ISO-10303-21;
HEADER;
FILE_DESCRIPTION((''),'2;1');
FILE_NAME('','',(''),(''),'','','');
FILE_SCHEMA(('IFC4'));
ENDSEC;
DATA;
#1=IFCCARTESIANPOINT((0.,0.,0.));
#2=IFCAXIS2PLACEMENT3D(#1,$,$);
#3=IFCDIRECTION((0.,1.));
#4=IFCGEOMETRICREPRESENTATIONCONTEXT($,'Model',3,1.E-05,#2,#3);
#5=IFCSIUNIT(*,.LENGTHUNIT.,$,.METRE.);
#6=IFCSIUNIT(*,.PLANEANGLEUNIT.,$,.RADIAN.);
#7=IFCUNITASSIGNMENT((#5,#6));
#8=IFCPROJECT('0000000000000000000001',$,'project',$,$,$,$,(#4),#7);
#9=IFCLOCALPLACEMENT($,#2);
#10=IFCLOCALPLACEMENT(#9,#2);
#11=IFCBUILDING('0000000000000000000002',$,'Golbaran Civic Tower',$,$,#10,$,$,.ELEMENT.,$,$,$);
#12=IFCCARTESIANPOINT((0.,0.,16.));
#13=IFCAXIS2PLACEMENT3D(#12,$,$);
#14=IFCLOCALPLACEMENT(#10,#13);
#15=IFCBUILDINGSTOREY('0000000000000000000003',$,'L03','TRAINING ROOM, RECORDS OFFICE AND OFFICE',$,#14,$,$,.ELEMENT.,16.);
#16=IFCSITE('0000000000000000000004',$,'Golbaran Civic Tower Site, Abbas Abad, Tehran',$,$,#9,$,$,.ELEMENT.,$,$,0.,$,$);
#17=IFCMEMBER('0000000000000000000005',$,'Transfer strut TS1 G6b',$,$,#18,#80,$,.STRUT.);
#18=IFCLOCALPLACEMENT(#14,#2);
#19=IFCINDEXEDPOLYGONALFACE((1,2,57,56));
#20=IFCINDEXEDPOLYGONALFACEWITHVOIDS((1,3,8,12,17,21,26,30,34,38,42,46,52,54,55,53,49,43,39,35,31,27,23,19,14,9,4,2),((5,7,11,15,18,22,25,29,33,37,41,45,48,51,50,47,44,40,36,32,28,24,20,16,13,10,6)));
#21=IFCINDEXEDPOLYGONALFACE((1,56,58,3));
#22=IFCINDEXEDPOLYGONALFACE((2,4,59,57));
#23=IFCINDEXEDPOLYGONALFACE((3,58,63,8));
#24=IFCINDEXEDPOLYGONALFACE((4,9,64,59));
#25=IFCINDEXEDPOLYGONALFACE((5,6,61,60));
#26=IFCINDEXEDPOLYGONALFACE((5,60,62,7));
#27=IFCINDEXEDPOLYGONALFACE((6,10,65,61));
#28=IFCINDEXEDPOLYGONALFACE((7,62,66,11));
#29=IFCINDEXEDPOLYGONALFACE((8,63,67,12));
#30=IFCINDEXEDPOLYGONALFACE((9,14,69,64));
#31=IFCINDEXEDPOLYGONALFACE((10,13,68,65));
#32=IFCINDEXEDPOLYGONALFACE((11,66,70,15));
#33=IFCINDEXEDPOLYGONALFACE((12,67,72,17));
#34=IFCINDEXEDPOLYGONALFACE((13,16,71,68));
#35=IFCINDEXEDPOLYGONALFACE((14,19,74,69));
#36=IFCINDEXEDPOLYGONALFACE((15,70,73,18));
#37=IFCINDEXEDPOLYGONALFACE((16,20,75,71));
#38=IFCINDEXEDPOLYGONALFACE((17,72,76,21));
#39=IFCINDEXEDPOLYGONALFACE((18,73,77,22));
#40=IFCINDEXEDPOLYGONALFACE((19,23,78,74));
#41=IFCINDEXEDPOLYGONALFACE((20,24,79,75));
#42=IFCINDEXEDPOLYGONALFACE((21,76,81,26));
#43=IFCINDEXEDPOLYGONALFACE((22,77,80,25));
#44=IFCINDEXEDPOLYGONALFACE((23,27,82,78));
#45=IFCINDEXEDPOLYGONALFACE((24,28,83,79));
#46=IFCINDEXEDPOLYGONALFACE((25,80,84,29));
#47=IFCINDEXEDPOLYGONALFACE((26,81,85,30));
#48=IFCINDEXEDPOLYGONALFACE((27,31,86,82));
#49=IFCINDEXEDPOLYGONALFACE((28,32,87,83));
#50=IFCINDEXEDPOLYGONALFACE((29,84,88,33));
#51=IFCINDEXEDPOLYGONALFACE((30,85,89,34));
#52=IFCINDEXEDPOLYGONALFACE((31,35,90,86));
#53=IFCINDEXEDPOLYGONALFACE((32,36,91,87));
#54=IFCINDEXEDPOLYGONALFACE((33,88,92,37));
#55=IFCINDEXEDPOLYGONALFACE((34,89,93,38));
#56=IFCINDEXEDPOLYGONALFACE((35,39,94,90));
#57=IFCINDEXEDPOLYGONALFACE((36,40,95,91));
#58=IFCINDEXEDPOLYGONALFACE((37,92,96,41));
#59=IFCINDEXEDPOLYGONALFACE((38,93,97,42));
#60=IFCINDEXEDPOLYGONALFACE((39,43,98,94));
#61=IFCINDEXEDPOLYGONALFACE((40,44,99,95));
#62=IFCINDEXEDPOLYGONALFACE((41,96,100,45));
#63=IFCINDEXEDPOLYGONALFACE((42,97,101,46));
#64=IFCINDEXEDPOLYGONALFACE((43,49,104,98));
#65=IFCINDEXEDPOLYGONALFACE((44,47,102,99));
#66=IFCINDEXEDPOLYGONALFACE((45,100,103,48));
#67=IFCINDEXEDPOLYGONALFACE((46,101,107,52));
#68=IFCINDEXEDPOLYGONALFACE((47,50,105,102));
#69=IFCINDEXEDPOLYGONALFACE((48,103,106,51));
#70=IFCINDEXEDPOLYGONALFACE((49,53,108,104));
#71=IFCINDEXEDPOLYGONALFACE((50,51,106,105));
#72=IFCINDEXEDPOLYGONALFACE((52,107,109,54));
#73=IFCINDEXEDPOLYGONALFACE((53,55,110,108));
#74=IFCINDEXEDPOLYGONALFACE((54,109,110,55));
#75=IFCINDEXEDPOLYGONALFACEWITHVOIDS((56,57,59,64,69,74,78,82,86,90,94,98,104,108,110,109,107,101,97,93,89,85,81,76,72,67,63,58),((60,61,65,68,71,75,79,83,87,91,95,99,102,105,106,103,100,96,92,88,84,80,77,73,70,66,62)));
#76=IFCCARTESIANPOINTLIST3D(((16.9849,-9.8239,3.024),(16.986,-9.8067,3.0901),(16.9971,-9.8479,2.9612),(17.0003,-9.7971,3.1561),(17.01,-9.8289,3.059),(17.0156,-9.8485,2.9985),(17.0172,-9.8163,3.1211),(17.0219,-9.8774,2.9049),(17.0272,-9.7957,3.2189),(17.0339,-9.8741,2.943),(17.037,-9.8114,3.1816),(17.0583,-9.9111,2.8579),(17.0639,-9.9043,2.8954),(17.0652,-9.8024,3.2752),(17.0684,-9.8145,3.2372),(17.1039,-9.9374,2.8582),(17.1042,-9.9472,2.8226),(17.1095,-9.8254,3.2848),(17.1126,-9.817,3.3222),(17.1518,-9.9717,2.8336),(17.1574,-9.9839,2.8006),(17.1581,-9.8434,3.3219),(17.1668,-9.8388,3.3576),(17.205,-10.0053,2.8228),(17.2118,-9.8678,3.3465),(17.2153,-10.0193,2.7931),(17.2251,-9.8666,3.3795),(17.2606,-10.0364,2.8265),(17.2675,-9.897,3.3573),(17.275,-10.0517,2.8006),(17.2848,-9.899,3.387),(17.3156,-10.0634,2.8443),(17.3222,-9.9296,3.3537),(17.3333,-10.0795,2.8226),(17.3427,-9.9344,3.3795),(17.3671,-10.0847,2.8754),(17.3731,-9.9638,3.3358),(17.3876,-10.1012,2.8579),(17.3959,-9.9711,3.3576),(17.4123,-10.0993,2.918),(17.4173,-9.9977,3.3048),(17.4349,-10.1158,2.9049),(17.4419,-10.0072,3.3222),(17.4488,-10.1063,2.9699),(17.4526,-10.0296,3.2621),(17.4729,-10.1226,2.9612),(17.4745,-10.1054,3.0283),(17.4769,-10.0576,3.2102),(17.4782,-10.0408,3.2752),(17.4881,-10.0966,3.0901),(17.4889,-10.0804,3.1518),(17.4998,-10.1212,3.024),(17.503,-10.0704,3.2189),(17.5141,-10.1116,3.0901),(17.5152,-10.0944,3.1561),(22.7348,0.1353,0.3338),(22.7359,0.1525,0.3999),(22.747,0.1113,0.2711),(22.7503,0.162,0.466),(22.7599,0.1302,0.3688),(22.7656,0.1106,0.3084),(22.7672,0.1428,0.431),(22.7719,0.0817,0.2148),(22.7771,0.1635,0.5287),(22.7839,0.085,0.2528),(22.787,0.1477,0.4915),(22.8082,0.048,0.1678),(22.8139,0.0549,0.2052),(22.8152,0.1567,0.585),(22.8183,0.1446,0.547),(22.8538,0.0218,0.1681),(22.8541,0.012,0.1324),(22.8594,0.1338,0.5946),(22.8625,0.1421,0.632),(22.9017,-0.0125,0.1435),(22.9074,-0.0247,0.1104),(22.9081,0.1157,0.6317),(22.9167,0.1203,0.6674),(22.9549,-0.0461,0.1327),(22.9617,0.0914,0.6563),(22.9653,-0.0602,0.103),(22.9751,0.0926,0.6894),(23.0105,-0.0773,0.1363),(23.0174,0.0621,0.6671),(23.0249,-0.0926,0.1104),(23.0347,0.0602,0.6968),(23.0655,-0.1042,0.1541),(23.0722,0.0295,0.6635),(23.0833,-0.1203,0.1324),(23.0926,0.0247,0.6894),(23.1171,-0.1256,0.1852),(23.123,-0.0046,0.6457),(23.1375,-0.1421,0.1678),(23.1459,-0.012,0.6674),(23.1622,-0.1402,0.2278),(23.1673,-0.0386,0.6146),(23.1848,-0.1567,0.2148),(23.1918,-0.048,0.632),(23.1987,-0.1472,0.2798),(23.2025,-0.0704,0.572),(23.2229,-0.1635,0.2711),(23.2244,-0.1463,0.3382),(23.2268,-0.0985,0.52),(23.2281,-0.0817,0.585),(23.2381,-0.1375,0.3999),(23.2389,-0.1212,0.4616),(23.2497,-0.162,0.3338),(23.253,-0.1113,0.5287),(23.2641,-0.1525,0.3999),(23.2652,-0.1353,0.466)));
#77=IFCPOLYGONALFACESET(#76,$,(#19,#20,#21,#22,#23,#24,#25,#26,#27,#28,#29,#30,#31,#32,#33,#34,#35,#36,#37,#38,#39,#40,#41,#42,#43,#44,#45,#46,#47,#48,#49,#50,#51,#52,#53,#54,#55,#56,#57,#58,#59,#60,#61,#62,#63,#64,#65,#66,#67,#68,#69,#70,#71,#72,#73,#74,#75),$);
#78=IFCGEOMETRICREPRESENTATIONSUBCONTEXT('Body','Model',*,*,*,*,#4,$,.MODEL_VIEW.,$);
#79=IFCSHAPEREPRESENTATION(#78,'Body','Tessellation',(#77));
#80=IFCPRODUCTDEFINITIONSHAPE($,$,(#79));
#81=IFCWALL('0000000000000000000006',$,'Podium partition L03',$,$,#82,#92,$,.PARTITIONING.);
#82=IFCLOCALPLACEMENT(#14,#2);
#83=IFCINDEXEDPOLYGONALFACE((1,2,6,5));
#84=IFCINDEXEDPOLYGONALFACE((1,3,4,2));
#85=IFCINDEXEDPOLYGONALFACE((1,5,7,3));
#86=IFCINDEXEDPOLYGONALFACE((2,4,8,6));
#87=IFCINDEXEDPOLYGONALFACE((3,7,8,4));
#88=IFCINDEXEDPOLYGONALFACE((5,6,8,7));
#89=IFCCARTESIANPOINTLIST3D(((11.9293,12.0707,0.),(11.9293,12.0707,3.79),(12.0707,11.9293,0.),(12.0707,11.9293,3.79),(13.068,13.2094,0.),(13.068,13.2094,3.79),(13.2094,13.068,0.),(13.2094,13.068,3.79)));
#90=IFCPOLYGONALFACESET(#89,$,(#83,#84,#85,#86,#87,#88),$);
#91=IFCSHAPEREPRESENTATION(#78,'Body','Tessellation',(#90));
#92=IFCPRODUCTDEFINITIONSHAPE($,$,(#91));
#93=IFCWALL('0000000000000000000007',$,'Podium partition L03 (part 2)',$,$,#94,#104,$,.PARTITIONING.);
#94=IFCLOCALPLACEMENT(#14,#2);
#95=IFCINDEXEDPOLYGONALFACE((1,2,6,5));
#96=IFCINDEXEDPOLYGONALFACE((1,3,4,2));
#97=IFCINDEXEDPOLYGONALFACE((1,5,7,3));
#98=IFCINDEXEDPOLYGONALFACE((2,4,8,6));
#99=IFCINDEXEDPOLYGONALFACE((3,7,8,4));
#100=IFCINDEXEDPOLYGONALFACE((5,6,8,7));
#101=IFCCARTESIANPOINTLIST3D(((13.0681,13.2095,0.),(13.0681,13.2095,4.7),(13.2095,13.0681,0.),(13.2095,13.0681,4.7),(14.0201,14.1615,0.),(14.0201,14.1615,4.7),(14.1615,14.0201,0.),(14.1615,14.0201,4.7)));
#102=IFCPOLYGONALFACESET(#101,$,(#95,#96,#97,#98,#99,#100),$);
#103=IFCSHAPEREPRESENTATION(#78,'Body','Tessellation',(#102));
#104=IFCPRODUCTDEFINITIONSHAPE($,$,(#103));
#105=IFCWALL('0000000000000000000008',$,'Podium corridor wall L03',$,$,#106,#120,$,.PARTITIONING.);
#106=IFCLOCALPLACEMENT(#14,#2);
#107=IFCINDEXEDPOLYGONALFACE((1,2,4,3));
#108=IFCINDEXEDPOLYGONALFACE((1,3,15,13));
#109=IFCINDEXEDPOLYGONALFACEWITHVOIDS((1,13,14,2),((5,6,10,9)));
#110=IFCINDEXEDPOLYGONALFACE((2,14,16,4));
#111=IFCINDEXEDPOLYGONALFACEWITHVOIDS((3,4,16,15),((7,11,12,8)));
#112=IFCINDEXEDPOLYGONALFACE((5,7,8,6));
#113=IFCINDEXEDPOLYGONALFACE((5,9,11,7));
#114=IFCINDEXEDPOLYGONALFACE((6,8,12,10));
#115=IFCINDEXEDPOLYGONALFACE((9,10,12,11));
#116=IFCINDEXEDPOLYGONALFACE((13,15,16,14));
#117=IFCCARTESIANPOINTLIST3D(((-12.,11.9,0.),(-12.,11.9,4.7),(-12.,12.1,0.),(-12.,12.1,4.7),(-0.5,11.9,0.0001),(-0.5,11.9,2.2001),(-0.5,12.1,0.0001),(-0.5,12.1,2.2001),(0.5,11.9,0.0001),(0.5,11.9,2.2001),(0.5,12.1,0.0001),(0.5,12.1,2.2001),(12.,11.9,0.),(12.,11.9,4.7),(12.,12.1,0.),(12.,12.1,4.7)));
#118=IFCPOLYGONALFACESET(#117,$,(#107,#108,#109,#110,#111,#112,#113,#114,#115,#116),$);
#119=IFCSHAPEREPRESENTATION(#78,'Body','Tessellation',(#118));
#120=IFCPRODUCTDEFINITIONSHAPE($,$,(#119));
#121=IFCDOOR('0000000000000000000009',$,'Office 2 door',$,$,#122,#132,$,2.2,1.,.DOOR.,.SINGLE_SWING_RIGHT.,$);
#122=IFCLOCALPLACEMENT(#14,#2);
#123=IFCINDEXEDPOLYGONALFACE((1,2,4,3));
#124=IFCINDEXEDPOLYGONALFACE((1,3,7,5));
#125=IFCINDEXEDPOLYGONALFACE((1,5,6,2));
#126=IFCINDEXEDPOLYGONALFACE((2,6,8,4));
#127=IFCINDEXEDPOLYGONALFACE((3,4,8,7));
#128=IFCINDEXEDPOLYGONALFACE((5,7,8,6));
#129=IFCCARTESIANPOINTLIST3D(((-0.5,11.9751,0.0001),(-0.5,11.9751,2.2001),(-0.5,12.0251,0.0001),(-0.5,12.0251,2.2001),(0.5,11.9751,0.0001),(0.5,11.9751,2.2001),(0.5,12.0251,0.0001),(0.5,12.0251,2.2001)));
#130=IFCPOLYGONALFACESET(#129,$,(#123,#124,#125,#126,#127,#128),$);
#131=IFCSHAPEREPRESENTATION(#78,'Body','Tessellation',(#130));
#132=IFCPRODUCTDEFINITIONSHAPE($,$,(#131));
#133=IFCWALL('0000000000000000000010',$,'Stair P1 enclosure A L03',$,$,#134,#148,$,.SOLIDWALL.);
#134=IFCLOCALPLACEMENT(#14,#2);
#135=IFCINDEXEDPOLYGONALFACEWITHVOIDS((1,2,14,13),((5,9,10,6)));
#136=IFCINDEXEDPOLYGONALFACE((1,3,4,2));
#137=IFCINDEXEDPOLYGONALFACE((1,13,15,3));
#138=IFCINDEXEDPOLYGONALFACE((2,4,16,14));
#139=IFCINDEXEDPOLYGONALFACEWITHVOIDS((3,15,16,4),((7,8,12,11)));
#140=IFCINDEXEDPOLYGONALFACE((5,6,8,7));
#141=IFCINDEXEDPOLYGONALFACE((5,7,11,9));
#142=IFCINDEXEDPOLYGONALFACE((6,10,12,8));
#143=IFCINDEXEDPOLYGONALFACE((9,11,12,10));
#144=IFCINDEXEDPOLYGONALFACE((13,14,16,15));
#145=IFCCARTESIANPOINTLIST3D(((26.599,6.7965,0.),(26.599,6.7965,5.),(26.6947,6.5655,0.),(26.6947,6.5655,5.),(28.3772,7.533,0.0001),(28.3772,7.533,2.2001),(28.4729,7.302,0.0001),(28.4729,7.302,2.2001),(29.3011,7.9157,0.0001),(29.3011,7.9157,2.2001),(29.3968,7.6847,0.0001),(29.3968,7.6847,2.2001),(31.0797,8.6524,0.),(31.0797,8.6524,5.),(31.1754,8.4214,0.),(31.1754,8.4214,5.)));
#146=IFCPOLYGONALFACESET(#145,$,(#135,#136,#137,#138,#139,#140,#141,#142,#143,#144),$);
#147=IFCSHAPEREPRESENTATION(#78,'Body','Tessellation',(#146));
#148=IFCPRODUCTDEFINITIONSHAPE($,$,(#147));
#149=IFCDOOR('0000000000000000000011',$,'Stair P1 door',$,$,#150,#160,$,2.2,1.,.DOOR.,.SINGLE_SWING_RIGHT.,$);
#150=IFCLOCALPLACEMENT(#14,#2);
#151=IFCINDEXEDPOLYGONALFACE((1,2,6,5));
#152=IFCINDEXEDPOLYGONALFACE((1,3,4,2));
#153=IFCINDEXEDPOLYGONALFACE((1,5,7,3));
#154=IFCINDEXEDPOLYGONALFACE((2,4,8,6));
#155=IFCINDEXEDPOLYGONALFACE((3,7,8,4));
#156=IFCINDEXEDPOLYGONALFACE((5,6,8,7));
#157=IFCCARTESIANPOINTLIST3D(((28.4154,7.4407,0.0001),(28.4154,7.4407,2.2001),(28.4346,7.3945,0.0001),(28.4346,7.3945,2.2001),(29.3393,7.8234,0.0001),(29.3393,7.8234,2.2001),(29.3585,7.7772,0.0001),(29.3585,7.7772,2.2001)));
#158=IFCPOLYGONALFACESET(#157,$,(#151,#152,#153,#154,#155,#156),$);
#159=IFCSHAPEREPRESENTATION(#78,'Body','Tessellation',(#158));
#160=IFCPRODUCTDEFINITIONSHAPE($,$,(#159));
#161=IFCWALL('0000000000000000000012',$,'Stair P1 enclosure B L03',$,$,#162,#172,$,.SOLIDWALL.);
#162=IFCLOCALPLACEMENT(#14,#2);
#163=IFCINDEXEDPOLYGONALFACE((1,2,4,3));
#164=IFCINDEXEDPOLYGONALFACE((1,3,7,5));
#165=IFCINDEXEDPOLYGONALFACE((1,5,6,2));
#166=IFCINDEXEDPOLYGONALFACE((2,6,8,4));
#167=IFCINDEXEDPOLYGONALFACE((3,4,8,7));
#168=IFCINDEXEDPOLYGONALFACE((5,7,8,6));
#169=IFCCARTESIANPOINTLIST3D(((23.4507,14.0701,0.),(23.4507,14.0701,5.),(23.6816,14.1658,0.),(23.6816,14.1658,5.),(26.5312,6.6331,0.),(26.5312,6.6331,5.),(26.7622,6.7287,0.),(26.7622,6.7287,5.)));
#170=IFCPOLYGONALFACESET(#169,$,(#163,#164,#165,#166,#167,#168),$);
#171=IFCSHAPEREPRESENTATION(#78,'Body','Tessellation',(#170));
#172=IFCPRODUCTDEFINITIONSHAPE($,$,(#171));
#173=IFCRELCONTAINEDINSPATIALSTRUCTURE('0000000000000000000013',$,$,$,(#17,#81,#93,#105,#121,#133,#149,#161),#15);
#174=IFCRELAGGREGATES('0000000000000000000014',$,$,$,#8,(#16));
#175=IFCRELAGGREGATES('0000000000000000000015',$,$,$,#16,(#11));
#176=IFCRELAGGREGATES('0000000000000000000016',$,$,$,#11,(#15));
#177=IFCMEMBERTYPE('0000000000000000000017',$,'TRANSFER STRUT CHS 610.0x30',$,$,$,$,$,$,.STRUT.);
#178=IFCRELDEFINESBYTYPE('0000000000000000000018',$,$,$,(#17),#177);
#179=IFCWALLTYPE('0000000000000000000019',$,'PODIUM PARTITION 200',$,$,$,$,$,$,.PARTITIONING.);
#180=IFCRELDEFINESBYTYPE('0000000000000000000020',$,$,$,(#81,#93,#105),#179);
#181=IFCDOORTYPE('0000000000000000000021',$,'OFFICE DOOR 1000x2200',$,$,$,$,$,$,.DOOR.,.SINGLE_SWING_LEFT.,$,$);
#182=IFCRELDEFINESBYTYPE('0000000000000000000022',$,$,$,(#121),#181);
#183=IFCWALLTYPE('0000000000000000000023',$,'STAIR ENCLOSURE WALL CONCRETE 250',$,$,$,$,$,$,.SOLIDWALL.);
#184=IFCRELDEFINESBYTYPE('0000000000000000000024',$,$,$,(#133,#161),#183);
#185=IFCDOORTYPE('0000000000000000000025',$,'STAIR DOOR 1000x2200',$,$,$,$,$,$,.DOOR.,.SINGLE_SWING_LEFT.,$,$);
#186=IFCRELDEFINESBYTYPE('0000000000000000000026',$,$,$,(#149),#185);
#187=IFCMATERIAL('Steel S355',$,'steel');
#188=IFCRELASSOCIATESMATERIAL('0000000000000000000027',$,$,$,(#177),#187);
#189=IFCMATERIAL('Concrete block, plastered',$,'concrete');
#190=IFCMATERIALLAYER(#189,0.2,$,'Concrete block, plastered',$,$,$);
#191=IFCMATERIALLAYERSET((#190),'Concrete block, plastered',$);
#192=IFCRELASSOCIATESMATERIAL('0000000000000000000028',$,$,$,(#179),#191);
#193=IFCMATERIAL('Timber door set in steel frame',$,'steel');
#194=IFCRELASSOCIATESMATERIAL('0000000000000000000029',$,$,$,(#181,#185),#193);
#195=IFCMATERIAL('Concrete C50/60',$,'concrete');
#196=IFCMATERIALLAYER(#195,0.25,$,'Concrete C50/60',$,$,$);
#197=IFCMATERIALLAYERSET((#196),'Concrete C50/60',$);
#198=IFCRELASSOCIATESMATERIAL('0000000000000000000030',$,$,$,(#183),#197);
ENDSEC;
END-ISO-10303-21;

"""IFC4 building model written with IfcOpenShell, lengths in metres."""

from ifc_helpers import new_model, si_unit, direction, frame, frame_2d, origin, origin_2d, place, context, subcontext, project, spatial, rectangle, hollow_circle, extrude, material, layer, layer_set, material_profile, profile_set, type_object, element, fill, save


model = new_model("IFC4")

# Units and contexts
model_context = context("Model", 3, precision=1e-05, world=origin(), true_north=direction((0.0, 1.0)))
body_context = subcontext(model_context, "Body", "Model", "MODEL_VIEW")
ifc_project = project(units=[si_unit("LENGTHUNIT", "METRE"), si_unit("PLANEANGLEUNIT", "RADIAN")], contexts=[model_context])

# Site, building, storey
site_placement = place(None, origin())
site = spatial("IfcSite", under=ifc_project, at=site_placement, Name="Golbaran Civic Tower Site, Abbas Abad, Tehran", CompositionType="ELEMENT", RefElevation=0.0)
building_placement = place(site_placement, origin())
building = spatial("IfcBuilding", under=site, at=building_placement, Name="Golbaran Civic Tower", CompositionType="ELEMENT")
storey_placement = place(building_placement, frame((0.0, 0.0, 16.0)))
storey = spatial("IfcBuildingStorey", under=building, at=storey_placement, Name="L03", Description="TRAINING ROOM, RECORDS OFFICE AND OFFICE", CompositionType="ELEMENT", Elevation=16.0)

# Shared definitions
ifc_material_1 = material(Name="Steel S355", Category="steel")
ifc_material_2 = material(Name="Concrete C50/60", Category="concrete")

# Member
ifc_material_profile_1 = material_profile(ifc_material_1, hollow_circle(Radius=0.3049, WallThickness=0.03, at=origin_2d()), Name="CHS 610.0x30")
ifc_profile_set_1 = profile_set([ifc_material_profile_1], Name="Steel S355")
member_type = type_object("IfcMemberType", Name="TRANSFER STRUT CHS 610.0x30", PredefinedType="STRUT", material=ifc_profile_set_1)
for number, where, z_axis, x_axis, name in (
    (1, (23.0, 0.0, 0.3999), (-0.486859, -0.843258, 0.227781), (0.866024, -0.500002, 0.0), "Transfer strut TS1 G6b"),
):
    element("IfcMember", number, at=place(storey_placement, frame(where, z_axis=z_axis, x_axis=x_axis)), inside=storey, type_object=member_type, Name=name, PredefinedType="STRUT", context=body_context, shape_type="SweptSolid", body=[
        extrude(hollow_circle(Radius=0.3049, WallThickness=0.03, at=origin_2d()), origin(), (0.0, 0.0, 1.0), 11.8103),
    ])

# Walls
ifc_material_3 = material(Name="Concrete block, plastered", Category="concrete")
ifc_layer_1 = layer(ifc_material_3, 0.2, Name="Concrete block, plastered")
ifc_layer_set_1 = layer_set([ifc_layer_1], Name="Concrete block, plastered")
wall_type_1 = type_object("IfcWallType", Name="PODIUM PARTITION 200", PredefinedType="PARTITIONING", material=ifc_layer_set_1)
wall_1_placement = place(storey_placement, frame((12.0, 12.0, 0.0), z_axis=(0.0, 0.0, 1.0), x_axis=(0.707107, 0.707107, 0.0)))
element("IfcWall", 2, at=wall_1_placement, inside=storey, type_object=wall_type_1, Name="Podium partition L03", PredefinedType="PARTITIONING", context=body_context, shape_type="SweptSolid", body=[
    extrude(rectangle(XDim=1.6104, YDim=0.2, at=frame_2d((0.8052, 0.0))), origin(), (0.0, 0.0, 1.0), 3.79),
])
wall_2_placement = place(storey_placement, frame((13.1387, 13.1387, 0.0), z_axis=(0.0, 0.0, 1.0), x_axis=(0.707107, 0.707107, 0.0)))
element("IfcWall", 3, at=wall_2_placement, inside=storey, type_object=wall_type_1, Name="Podium partition L03 (part 2)", PredefinedType="PARTITIONING", context=body_context, shape_type="SweptSolid", body=[
    extrude(rectangle(XDim=1.3464, YDim=0.2, at=frame_2d((0.6733, 0.0))), origin(), (0.0, 0.0, 1.0), 4.7),
])

# Walls, openings, doors
wall_3_placement = place(storey_placement, frame((12.0, 12.0, 0.0), z_axis=(0.0, 0.0, 1.0), x_axis=(-1.0, 0.0, 0.0)))
wall_3 = element("IfcWall", 4, at=wall_3_placement, inside=storey, type_object=wall_type_1, Name="Podium corridor wall L03", PredefinedType="PARTITIONING", context=body_context, shape_type="SweptSolid", body=[
    extrude(rectangle(XDim=24.0, YDim=0.2, at=frame_2d((12.0, 0.0))), origin(), (0.0, 0.0, 1.0), 4.7),
])
opening_1_placement = place(wall_3_placement, frame((11.5, 0.0, 0.0)))
opening_1 = element("IfcOpeningElement", 5, at=opening_1_placement, cuts=wall_3, PredefinedType="OPENING", context=body_context, shape_type="SweptSolid", body=[
    extrude(rectangle(XDim=1.0, YDim=2.2, at=frame_2d((0.5, 1.1001))), frame((0.0, 0.1099, 0.0), z_axis=(0.0, -1.0, 0.0), x_axis=(1.0, 0.0, 0.0)), (0.0, 0.0, 1.0), 0.22),
])
ifc_material_4 = material(Name="Timber door set in steel frame", Category="steel")
door_type_1 = type_object("IfcDoorType", Name="OFFICE DOOR 1000x2200", OperationType="SINGLE_SWING_LEFT", PredefinedType="DOOR", material=ifc_material_4)
door_1_placement = place(opening_1_placement, origin())
door_1 = element("IfcDoor", 6, at=door_1_placement, inside=storey, type_object=door_type_1, Name="Office 2 door", OperationType="SINGLE_SWING_RIGHT", OverallHeight=2.2, OverallWidth=1.0, PredefinedType="DOOR", context=body_context, shape_type="SweptSolid", body=[
    extrude(rectangle(XDim=1.0, YDim=2.2, at=frame_2d((0.5, 1.1001))), frame((0.0, 0.0249, 0.0), z_axis=(0.0, -1.0, 0.0), x_axis=(1.0, 0.0, 0.0)), (0.0, 0.0, 1.0), 0.05),
])
fill(opening_1, door_1)
ifc_layer_2 = layer(ifc_material_2, 0.25, Name="Concrete C50/60")
ifc_layer_set_2 = layer_set([ifc_layer_2], Name="Concrete C50/60")
wall_type_2 = type_object("IfcWallType", Name="STAIR ENCLOSURE WALL CONCRETE 250", PredefinedType="SOLIDWALL", material=ifc_layer_set_2)
wall_4_placement = place(storey_placement, frame((31.1274, 8.5369, 0.0), z_axis=(0.0, 0.0, 1.0), x_axis=(-0.923881, -0.382681, 0.0)))
wall_4 = element("IfcWall", 7, at=wall_4_placement, inside=storey, type_object=wall_type_2, Name="Stair P1 enclosure A L03", PredefinedType="SOLIDWALL", context=body_context, shape_type="SweptSolid", body=[
    extrude(rectangle(XDim=4.8499, YDim=0.25, at=frame_2d((2.4248, 0.0))), origin(), (0.0, 0.0, 1.0), 5.0),
])
opening_2_placement = place(wall_4_placement, frame((1.925, 0.0, 0.0)))
opening_2 = element("IfcOpeningElement", 8, at=opening_2_placement, cuts=wall_4, PredefinedType="OPENING", context=body_context, shape_type="SweptSolid", body=[
    extrude(rectangle(XDim=1.0, YDim=2.2, at=frame_2d((0.5, 1.1001))), frame((0.0, 0.135, 0.0), z_axis=(0.0, -1.0, 0.0), x_axis=(1.0, 0.0, 0.0)), (0.0, 0.0, 1.0), 0.27),
])
door_type_2 = type_object("IfcDoorType", Name="STAIR DOOR 1000x2200", OperationType="SINGLE_SWING_LEFT", PredefinedType="DOOR", material=ifc_material_4)
door_2_placement = place(opening_2_placement, origin())
door_2 = element("IfcDoor", 9, at=door_2_placement, inside=storey, type_object=door_type_2, Name="Stair P1 door", OperationType="SINGLE_SWING_RIGHT", OverallHeight=2.2, OverallWidth=1.0, PredefinedType="DOOR", context=body_context, shape_type="SweptSolid", body=[
    extrude(rectangle(XDim=1.0, YDim=2.2, at=frame_2d((0.5, 1.1001))), frame((0.0, 0.0249, 0.0), z_axis=(0.0, -1.0, 0.0), x_axis=(1.0, 0.0, 0.0)), (0.0, 0.0, 1.0), 0.05),
])
fill(opening_2, door_2)

# Wall
wall_5_placement = place(storey_placement, frame((26.6467, 6.6809, 0.0), z_axis=(0.0, 0.0, 1.0), x_axis=(-0.382689, 0.923877, 0.0)))
element("IfcWall", 10, at=wall_5_placement, inside=storey, type_object=wall_type_2, Name="Stair P1 enclosure B L03", PredefinedType="SOLIDWALL", context=body_context, shape_type="SweptSolid", body=[
    extrude(rectangle(XDim=8.0498, YDim=0.25, at=frame_2d((4.0249, 0.0))), origin(), (0.0, 0.0, 1.0), 5.0),
])

save(model, "model.ifc")
